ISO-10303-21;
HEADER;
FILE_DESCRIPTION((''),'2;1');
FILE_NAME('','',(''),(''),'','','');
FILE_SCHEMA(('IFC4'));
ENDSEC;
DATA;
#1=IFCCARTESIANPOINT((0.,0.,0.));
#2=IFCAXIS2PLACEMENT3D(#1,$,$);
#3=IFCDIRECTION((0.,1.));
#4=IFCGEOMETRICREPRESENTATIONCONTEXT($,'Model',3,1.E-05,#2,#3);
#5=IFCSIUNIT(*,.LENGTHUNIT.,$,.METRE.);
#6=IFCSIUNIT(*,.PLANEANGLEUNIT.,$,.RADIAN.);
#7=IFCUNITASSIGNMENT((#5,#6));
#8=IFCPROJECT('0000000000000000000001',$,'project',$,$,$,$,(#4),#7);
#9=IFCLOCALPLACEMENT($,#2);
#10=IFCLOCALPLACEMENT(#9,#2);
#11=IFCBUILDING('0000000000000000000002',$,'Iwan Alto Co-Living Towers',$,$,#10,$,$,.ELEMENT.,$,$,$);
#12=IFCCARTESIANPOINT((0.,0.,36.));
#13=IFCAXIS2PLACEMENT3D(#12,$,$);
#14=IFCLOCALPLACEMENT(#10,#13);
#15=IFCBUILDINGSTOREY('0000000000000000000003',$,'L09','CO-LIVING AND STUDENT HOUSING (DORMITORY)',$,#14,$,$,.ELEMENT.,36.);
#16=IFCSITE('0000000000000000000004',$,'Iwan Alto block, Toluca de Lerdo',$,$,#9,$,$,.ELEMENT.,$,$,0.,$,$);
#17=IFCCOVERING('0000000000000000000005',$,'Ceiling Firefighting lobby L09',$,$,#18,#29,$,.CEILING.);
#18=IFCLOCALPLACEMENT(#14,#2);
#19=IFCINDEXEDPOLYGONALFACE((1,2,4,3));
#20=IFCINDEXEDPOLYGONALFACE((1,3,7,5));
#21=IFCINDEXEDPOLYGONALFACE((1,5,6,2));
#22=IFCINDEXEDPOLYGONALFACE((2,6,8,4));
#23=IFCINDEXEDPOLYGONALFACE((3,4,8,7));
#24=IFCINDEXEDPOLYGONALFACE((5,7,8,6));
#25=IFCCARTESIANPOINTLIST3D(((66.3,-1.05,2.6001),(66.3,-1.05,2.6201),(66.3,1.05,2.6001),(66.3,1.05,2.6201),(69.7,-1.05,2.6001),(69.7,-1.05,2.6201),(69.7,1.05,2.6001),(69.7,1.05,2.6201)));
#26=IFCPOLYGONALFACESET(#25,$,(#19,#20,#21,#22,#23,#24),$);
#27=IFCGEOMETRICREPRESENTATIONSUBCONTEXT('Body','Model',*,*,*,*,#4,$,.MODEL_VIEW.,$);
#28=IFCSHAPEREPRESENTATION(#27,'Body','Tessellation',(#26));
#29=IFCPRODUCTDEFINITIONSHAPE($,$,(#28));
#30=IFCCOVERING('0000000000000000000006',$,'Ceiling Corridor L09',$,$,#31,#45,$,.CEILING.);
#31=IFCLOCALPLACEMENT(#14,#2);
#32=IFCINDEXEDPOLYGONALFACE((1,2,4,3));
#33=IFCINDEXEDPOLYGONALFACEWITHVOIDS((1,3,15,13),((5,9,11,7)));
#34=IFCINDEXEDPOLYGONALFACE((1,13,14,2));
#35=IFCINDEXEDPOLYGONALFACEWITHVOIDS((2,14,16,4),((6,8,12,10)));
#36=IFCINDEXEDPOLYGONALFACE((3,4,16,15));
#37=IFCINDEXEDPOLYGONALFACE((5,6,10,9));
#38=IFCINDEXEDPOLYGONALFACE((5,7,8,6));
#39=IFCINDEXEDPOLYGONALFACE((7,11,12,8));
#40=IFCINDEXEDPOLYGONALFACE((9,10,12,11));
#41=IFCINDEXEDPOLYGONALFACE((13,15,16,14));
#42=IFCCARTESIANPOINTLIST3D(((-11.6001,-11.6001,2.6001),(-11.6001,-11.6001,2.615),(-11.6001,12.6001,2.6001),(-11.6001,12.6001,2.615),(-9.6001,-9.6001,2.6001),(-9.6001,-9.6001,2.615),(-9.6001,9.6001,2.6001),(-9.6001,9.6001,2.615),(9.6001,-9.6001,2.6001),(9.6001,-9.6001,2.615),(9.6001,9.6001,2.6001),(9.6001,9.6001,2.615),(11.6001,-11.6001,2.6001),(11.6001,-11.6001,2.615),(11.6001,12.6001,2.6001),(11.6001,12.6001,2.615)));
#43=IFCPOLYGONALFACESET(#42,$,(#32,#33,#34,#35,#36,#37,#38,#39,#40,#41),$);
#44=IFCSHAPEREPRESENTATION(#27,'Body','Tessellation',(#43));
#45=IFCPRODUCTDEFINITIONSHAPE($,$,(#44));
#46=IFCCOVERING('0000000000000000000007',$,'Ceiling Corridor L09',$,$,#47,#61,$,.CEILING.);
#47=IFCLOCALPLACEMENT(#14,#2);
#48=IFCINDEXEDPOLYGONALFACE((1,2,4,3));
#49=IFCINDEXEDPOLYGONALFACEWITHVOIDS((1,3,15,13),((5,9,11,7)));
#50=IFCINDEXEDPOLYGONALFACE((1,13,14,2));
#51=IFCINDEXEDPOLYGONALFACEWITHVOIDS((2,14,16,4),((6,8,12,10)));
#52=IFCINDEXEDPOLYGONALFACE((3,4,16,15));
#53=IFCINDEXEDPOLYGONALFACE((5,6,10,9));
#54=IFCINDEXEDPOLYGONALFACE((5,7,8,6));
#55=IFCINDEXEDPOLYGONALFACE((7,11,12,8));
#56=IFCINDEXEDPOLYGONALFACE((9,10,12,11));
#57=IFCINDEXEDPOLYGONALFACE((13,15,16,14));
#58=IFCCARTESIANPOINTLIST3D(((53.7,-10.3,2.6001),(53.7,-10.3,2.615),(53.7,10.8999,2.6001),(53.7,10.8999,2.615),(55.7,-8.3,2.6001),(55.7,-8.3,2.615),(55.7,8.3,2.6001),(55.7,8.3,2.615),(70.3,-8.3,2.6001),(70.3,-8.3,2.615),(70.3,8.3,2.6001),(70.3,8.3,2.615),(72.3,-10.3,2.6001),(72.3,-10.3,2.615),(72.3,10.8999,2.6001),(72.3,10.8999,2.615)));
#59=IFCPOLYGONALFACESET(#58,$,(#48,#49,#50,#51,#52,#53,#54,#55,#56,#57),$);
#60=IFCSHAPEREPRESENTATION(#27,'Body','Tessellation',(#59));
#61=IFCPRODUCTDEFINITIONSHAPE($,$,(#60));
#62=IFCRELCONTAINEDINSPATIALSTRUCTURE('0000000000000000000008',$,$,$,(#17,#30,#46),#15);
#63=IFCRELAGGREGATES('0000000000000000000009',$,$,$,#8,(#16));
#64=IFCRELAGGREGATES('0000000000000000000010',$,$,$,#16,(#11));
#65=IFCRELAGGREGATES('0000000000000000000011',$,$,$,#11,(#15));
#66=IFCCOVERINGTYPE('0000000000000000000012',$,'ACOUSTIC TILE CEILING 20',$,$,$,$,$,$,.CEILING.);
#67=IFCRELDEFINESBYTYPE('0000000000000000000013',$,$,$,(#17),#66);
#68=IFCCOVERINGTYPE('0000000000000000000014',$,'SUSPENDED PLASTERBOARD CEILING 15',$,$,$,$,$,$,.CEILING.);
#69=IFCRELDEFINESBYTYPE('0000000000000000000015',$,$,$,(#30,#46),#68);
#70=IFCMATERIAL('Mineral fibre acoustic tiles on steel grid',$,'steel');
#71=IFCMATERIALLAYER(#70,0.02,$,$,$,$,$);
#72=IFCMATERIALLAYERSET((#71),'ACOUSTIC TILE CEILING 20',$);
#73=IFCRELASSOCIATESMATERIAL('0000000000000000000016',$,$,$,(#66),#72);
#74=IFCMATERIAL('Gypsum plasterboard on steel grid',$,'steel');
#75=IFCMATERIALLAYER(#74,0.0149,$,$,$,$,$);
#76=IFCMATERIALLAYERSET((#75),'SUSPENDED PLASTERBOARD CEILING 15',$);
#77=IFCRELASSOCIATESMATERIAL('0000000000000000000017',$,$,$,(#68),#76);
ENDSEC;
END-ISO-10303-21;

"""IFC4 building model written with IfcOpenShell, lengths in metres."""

from ifc_helpers import new_model, si_unit, direction, frame, origin, place, context, subcontext, project, spatial, polyline, outline, extrude, material, layer, layer_set, type_object, element, save


model = new_model("IFC4")

# Units and contexts
model_context = context("Model", 3, precision=1e-05, world=origin(), true_north=direction((0.0, 1.0)))
body_context = subcontext(model_context, "Body", "Model", "MODEL_VIEW")
ifc_project = project(units=[si_unit("LENGTHUNIT", "METRE"), si_unit("PLANEANGLEUNIT", "RADIAN")], contexts=[model_context])

# Site, building, storey
site_placement = place(None, origin())
site = spatial("IfcSite", under=ifc_project, at=site_placement, Name="Iwan Alto block, Toluca de Lerdo", CompositionType="ELEMENT", RefElevation=0.0)
building_placement = place(site_placement, origin())
building = spatial("IfcBuilding", under=site, at=building_placement, Name="Iwan Alto Co-Living Towers", CompositionType="ELEMENT")
storey_placement = place(building_placement, frame((0.0, 0.0, 36.0)))
storey = spatial("IfcBuildingStorey", under=building, at=storey_placement, Name="L09", Description="CO-LIVING AND STUDENT HOUSING (DORMITORY)", CompositionType="ELEMENT", Elevation=36.0)

# Coverings
ifc_material_1 = material(Name="Mineral fibre acoustic tiles on steel grid", Category="steel")
ifc_layer_1 = layer(ifc_material_1, 0.02)
ifc_layer_set_1 = layer_set([ifc_layer_1], Name="ACOUSTIC TILE CEILING 20")
covering_type_1 = type_object("IfcCoveringType", Name="ACOUSTIC TILE CEILING 20", PredefinedType="CEILING", material=ifc_layer_set_1)
covering_1_placement = place(storey_placement, frame((0.0, 0.0, 2.6001)))
element("IfcCovering", 1, at=covering_1_placement, inside=storey, type_object=covering_type_1, Name="Ceiling Firefighting lobby L09", PredefinedType="CEILING", context=body_context, shape_type="SweptSolid", body=[
    extrude(outline(polyline([(66.3, -1.05), (66.3, 1.05), (69.7, 1.05), (69.7, -1.05), (66.3, -1.05)])), origin(), (0.0, 0.0, 1.0), 0.02),
])
ifc_material_2 = material(Name="Gypsum plasterboard on steel grid", Category="steel")
ifc_layer_2 = layer(ifc_material_2, 0.0149)
ifc_layer_set_2 = layer_set([ifc_layer_2], Name="SUSPENDED PLASTERBOARD CEILING 15")
covering_type_2 = type_object("IfcCoveringType", Name="SUSPENDED PLASTERBOARD CEILING 15", PredefinedType="CEILING", material=ifc_layer_set_2)
covering_2_placement = place(storey_placement, frame((0.0, 0.0, 2.6001)))
element("IfcCovering", 2, at=covering_2_placement, inside=storey, type_object=covering_type_2, Name="Ceiling Corridor L09", PredefinedType="CEILING", context=body_context, shape_type="SweptSolid", body=[
    extrude(outline(polyline([(-11.6001, 12.6001), (11.6001, 12.6001), (11.6001, -11.6001), (-11.6001, -11.6001), (-11.6001, 12.6001)]), holes=[polyline([(-9.6001, 9.6001), (-9.6001, -9.6001), (9.6001, -9.6001), (9.6001, 9.6001), (-9.6001, 9.6001)])]), origin(), (0.0, 0.0, 1.0), 0.0149),
])
covering_3_placement = place(storey_placement, frame((0.0, 0.0, 2.6001)))
element("IfcCovering", 3, at=covering_3_placement, inside=storey, type_object=covering_type_2, Name="Ceiling Corridor L09", PredefinedType="CEILING", context=body_context, shape_type="SweptSolid", body=[
    extrude(outline(polyline([(53.7, 10.8999), (72.3, 10.8999), (72.3, -10.3), (53.7, -10.3), (53.7, 10.8999)]), holes=[polyline([(55.7, 8.3), (55.7, -8.3), (70.3, -8.3), (70.3, 8.3), (55.7, 8.3)])]), origin(), (0.0, 0.0, 1.0), 0.0149),
])

save(model, "model.ifc")
